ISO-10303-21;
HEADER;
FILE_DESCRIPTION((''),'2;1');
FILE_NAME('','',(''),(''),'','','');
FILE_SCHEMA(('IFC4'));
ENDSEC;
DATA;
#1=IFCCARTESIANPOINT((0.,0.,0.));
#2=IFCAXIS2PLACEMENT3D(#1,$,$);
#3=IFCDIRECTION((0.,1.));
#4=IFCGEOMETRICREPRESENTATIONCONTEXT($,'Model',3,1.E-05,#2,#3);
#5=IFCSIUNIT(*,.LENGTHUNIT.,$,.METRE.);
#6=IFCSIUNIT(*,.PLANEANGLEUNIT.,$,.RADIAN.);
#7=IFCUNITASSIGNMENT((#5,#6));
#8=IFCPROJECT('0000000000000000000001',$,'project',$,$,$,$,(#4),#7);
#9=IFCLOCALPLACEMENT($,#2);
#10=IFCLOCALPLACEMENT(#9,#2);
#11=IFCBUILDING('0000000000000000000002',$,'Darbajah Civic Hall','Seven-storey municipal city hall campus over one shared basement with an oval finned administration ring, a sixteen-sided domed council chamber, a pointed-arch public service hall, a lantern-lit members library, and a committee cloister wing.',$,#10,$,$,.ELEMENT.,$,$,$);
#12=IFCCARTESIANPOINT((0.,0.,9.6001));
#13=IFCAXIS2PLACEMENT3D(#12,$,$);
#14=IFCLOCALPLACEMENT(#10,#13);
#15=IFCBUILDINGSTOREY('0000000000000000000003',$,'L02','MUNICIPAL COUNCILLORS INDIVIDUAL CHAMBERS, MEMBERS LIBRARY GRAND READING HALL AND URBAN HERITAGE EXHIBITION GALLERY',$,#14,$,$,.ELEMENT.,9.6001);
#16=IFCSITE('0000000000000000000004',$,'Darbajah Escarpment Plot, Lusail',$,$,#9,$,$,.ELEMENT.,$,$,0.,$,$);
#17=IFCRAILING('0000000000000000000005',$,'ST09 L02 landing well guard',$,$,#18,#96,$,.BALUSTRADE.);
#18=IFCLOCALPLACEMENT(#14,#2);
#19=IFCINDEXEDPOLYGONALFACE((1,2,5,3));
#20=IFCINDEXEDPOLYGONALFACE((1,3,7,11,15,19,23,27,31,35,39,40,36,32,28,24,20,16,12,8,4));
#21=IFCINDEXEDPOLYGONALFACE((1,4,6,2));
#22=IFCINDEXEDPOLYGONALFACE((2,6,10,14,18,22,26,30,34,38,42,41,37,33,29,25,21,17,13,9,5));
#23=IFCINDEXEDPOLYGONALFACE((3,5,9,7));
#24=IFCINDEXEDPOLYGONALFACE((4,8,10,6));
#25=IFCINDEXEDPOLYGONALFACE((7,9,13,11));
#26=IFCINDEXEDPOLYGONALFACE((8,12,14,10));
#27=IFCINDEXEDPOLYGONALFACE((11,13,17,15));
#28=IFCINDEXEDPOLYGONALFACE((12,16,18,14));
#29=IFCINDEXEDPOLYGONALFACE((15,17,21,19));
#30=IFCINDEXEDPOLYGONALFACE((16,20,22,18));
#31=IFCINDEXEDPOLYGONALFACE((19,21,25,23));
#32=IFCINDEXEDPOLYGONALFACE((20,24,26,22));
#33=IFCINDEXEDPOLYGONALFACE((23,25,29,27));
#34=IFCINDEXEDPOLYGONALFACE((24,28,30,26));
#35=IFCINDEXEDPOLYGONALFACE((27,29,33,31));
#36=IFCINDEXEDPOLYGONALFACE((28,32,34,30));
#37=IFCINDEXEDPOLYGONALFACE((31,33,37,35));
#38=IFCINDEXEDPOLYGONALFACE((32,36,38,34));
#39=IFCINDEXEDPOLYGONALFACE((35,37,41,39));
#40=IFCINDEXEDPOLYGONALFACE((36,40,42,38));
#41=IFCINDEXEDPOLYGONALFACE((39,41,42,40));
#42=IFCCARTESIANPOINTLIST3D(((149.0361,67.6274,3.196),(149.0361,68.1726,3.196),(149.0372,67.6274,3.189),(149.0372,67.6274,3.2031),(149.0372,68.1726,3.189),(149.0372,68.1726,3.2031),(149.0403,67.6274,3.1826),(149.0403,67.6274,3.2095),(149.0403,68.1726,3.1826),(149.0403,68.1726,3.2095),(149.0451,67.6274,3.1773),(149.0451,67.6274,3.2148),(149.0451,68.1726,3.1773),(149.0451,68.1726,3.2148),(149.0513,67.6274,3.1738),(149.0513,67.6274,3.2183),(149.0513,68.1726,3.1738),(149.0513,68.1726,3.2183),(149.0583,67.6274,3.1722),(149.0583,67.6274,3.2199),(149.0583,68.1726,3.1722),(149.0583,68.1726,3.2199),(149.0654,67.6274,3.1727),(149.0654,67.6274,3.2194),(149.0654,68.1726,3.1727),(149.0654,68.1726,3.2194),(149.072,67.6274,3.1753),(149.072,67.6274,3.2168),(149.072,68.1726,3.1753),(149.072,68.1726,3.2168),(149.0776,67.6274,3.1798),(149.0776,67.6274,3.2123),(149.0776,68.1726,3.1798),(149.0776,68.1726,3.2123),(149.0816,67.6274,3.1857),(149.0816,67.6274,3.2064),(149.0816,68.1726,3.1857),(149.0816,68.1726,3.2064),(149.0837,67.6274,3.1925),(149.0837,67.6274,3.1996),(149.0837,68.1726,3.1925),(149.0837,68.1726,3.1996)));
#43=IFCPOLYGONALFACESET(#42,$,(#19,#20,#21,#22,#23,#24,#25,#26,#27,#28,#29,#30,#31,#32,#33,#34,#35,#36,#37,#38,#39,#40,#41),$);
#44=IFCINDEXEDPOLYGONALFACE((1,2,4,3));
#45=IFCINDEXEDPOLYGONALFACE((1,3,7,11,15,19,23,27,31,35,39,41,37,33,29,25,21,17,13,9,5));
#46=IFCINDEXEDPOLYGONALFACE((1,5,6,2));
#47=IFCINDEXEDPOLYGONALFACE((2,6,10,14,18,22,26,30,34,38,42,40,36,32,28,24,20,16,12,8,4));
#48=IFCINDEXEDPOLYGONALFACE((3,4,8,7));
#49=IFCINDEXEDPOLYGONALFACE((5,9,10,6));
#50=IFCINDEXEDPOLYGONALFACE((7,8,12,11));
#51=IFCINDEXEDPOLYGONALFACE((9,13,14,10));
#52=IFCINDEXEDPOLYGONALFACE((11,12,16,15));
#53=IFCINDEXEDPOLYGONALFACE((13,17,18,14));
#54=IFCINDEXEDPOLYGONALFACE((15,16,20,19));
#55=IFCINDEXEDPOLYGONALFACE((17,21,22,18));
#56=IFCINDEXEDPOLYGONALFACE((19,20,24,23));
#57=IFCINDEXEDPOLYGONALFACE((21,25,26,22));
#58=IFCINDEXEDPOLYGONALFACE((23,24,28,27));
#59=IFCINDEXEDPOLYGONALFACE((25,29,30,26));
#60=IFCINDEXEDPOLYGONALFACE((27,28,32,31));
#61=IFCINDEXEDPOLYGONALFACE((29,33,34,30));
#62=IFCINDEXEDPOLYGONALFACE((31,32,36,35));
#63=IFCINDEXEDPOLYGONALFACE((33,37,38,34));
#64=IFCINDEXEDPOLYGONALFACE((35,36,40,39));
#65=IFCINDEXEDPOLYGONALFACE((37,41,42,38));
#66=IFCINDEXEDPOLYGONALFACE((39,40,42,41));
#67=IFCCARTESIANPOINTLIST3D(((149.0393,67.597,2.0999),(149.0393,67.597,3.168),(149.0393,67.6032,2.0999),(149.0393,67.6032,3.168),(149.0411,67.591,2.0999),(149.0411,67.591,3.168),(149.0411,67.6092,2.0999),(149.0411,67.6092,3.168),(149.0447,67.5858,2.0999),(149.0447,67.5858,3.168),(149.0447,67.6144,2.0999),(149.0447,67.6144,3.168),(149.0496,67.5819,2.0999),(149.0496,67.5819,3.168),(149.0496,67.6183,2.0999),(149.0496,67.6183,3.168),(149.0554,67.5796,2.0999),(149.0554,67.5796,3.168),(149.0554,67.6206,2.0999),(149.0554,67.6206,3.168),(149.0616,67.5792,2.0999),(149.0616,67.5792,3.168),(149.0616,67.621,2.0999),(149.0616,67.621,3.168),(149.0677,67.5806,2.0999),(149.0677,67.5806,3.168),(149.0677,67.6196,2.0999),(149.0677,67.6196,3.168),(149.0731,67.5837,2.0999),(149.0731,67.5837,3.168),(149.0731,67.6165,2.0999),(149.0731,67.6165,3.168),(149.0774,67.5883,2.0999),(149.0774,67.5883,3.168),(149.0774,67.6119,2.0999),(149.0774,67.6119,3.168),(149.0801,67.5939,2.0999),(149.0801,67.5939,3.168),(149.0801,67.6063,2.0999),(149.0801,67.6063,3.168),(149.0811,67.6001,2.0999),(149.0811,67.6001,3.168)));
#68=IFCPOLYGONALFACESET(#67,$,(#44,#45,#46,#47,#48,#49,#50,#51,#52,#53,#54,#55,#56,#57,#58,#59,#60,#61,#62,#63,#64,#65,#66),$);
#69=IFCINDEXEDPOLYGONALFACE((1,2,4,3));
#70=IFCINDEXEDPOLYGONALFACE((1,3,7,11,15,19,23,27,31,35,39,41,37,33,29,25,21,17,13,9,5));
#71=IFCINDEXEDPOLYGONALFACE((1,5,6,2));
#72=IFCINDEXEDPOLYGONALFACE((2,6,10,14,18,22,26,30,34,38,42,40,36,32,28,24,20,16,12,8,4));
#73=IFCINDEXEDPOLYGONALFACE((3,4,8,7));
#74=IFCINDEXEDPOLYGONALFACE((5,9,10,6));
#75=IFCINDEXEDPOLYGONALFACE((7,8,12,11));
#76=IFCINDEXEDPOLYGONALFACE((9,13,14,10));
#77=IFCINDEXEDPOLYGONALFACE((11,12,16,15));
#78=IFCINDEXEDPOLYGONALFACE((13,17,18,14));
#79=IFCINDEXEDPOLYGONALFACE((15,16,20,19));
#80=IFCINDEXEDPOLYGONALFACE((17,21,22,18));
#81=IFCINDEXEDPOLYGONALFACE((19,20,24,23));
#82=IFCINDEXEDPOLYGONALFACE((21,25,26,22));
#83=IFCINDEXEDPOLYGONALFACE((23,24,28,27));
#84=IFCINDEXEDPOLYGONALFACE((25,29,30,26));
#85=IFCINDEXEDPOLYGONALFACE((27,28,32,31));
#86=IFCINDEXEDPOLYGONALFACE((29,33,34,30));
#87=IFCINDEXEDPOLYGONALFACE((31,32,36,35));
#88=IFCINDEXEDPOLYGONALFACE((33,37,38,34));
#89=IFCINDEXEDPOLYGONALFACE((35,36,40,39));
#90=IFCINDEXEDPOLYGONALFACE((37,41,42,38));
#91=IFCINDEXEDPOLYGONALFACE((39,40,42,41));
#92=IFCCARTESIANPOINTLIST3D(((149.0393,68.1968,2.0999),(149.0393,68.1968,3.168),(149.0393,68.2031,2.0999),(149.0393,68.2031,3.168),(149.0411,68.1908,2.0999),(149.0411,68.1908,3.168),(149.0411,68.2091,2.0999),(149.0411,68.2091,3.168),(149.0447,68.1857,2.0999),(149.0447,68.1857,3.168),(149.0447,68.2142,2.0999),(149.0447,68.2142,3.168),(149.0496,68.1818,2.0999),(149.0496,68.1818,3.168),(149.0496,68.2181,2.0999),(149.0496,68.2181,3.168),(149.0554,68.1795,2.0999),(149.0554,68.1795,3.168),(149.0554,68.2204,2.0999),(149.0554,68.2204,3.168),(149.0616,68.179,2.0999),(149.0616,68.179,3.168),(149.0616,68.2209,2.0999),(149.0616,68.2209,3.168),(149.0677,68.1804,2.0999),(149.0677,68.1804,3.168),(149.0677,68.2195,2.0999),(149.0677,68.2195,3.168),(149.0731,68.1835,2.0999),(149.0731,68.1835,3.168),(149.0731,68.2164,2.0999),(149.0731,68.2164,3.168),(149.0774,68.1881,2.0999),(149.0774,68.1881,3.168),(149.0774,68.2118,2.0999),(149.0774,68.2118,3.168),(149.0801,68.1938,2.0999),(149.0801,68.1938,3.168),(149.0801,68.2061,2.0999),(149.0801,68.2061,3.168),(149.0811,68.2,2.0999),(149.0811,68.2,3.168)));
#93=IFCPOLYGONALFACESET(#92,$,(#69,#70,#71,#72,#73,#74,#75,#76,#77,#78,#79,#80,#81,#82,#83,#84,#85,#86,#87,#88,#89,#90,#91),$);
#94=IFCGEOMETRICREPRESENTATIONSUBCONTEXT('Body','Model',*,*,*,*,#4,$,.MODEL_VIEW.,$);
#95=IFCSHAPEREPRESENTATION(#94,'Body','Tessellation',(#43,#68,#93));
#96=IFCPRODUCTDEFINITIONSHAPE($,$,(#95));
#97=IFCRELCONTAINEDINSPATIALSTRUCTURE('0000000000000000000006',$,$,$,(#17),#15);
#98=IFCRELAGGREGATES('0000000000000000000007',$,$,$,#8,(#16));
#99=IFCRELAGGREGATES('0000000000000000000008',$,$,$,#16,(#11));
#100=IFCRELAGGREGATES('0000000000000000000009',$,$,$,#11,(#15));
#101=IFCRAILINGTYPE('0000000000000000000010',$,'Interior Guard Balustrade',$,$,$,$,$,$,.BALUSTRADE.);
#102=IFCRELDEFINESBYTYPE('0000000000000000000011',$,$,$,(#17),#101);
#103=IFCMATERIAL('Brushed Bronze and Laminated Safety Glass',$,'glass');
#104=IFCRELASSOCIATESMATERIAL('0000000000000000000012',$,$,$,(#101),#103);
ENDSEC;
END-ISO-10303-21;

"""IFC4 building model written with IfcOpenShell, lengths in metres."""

from ifc_helpers import new_model, si_unit, direction, frame, origin, origin_2d, place, context, subcontext, project, spatial, circle, extrude, material, type_object, element, save


model = new_model("IFC4")

# Units and contexts
model_context = context("Model", 3, precision=1e-05, world=origin(), true_north=direction((0.0, 1.0)))
body_context = subcontext(model_context, "Body", "Model", "MODEL_VIEW")
ifc_project = project(units=[si_unit("LENGTHUNIT", "METRE"), si_unit("PLANEANGLEUNIT", "RADIAN")], contexts=[model_context])

# Site, building, storey
site_placement = place(None, origin())
site = spatial("IfcSite", under=ifc_project, at=site_placement, Name="Darbajah Escarpment Plot, Lusail", CompositionType="ELEMENT", RefElevation=0.0)
building_placement = place(site_placement, origin())
building = spatial("IfcBuilding", under=site, at=building_placement, Name="Darbajah Civic Hall", Description="Seven-storey municipal city hall campus over one shared basement with an oval finned administration ring, a sixteen-sided domed council chamber, a pointed-arch public service hall, a lantern-lit members library, and a committee cloister wing.", CompositionType="ELEMENT")
storey_placement = place(building_placement, frame((0.0, 0.0, 9.6001)))
storey = spatial("IfcBuildingStorey", under=building, at=storey_placement, Name="L02", Description="MUNICIPAL COUNCILLORS INDIVIDUAL CHAMBERS, MEMBERS LIBRARY GRAND READING HALL AND URBAN HERITAGE EXHIBITION GALLERY", CompositionType="ELEMENT", Elevation=9.6001)

# Railing
ifc_material_1 = material(Name="Brushed Bronze and Laminated Safety Glass", Category="glass")
railing_type_1 = type_object("IfcRailingType", Name="Interior Guard Balustrade", PredefinedType="BALUSTRADE", material=ifc_material_1)
railing_1_placement = place(storey_placement, frame((149.0601, 67.6001, 2.0999)))
element("IfcRailing", 1, at=railing_1_placement, inside=storey, type_object=railing_type_1, Name="ST09 L02 landing well guard", PredefinedType="BALUSTRADE", context=body_context, shape_type="SweptSolid", body=[
    extrude(circle(Radius=0.0239, at=origin_2d()), frame((0.0, 0.0273, 1.0962), z_axis=(0.0, 1.0, 0.0), x_axis=(-1.0, 0.0, 0.0)), (0.0, 0.0, 1.0), 0.5452),
    extrude(circle(Radius=0.021, at=origin_2d()), origin(), (0.0, 0.0, 1.0), 1.0681),
    extrude(circle(Radius=0.021, at=origin_2d()), frame((0.0, 0.5999, 0.0)), (0.0, 0.0, 1.0), 1.0681),
])

save(model, "model.ifc")
